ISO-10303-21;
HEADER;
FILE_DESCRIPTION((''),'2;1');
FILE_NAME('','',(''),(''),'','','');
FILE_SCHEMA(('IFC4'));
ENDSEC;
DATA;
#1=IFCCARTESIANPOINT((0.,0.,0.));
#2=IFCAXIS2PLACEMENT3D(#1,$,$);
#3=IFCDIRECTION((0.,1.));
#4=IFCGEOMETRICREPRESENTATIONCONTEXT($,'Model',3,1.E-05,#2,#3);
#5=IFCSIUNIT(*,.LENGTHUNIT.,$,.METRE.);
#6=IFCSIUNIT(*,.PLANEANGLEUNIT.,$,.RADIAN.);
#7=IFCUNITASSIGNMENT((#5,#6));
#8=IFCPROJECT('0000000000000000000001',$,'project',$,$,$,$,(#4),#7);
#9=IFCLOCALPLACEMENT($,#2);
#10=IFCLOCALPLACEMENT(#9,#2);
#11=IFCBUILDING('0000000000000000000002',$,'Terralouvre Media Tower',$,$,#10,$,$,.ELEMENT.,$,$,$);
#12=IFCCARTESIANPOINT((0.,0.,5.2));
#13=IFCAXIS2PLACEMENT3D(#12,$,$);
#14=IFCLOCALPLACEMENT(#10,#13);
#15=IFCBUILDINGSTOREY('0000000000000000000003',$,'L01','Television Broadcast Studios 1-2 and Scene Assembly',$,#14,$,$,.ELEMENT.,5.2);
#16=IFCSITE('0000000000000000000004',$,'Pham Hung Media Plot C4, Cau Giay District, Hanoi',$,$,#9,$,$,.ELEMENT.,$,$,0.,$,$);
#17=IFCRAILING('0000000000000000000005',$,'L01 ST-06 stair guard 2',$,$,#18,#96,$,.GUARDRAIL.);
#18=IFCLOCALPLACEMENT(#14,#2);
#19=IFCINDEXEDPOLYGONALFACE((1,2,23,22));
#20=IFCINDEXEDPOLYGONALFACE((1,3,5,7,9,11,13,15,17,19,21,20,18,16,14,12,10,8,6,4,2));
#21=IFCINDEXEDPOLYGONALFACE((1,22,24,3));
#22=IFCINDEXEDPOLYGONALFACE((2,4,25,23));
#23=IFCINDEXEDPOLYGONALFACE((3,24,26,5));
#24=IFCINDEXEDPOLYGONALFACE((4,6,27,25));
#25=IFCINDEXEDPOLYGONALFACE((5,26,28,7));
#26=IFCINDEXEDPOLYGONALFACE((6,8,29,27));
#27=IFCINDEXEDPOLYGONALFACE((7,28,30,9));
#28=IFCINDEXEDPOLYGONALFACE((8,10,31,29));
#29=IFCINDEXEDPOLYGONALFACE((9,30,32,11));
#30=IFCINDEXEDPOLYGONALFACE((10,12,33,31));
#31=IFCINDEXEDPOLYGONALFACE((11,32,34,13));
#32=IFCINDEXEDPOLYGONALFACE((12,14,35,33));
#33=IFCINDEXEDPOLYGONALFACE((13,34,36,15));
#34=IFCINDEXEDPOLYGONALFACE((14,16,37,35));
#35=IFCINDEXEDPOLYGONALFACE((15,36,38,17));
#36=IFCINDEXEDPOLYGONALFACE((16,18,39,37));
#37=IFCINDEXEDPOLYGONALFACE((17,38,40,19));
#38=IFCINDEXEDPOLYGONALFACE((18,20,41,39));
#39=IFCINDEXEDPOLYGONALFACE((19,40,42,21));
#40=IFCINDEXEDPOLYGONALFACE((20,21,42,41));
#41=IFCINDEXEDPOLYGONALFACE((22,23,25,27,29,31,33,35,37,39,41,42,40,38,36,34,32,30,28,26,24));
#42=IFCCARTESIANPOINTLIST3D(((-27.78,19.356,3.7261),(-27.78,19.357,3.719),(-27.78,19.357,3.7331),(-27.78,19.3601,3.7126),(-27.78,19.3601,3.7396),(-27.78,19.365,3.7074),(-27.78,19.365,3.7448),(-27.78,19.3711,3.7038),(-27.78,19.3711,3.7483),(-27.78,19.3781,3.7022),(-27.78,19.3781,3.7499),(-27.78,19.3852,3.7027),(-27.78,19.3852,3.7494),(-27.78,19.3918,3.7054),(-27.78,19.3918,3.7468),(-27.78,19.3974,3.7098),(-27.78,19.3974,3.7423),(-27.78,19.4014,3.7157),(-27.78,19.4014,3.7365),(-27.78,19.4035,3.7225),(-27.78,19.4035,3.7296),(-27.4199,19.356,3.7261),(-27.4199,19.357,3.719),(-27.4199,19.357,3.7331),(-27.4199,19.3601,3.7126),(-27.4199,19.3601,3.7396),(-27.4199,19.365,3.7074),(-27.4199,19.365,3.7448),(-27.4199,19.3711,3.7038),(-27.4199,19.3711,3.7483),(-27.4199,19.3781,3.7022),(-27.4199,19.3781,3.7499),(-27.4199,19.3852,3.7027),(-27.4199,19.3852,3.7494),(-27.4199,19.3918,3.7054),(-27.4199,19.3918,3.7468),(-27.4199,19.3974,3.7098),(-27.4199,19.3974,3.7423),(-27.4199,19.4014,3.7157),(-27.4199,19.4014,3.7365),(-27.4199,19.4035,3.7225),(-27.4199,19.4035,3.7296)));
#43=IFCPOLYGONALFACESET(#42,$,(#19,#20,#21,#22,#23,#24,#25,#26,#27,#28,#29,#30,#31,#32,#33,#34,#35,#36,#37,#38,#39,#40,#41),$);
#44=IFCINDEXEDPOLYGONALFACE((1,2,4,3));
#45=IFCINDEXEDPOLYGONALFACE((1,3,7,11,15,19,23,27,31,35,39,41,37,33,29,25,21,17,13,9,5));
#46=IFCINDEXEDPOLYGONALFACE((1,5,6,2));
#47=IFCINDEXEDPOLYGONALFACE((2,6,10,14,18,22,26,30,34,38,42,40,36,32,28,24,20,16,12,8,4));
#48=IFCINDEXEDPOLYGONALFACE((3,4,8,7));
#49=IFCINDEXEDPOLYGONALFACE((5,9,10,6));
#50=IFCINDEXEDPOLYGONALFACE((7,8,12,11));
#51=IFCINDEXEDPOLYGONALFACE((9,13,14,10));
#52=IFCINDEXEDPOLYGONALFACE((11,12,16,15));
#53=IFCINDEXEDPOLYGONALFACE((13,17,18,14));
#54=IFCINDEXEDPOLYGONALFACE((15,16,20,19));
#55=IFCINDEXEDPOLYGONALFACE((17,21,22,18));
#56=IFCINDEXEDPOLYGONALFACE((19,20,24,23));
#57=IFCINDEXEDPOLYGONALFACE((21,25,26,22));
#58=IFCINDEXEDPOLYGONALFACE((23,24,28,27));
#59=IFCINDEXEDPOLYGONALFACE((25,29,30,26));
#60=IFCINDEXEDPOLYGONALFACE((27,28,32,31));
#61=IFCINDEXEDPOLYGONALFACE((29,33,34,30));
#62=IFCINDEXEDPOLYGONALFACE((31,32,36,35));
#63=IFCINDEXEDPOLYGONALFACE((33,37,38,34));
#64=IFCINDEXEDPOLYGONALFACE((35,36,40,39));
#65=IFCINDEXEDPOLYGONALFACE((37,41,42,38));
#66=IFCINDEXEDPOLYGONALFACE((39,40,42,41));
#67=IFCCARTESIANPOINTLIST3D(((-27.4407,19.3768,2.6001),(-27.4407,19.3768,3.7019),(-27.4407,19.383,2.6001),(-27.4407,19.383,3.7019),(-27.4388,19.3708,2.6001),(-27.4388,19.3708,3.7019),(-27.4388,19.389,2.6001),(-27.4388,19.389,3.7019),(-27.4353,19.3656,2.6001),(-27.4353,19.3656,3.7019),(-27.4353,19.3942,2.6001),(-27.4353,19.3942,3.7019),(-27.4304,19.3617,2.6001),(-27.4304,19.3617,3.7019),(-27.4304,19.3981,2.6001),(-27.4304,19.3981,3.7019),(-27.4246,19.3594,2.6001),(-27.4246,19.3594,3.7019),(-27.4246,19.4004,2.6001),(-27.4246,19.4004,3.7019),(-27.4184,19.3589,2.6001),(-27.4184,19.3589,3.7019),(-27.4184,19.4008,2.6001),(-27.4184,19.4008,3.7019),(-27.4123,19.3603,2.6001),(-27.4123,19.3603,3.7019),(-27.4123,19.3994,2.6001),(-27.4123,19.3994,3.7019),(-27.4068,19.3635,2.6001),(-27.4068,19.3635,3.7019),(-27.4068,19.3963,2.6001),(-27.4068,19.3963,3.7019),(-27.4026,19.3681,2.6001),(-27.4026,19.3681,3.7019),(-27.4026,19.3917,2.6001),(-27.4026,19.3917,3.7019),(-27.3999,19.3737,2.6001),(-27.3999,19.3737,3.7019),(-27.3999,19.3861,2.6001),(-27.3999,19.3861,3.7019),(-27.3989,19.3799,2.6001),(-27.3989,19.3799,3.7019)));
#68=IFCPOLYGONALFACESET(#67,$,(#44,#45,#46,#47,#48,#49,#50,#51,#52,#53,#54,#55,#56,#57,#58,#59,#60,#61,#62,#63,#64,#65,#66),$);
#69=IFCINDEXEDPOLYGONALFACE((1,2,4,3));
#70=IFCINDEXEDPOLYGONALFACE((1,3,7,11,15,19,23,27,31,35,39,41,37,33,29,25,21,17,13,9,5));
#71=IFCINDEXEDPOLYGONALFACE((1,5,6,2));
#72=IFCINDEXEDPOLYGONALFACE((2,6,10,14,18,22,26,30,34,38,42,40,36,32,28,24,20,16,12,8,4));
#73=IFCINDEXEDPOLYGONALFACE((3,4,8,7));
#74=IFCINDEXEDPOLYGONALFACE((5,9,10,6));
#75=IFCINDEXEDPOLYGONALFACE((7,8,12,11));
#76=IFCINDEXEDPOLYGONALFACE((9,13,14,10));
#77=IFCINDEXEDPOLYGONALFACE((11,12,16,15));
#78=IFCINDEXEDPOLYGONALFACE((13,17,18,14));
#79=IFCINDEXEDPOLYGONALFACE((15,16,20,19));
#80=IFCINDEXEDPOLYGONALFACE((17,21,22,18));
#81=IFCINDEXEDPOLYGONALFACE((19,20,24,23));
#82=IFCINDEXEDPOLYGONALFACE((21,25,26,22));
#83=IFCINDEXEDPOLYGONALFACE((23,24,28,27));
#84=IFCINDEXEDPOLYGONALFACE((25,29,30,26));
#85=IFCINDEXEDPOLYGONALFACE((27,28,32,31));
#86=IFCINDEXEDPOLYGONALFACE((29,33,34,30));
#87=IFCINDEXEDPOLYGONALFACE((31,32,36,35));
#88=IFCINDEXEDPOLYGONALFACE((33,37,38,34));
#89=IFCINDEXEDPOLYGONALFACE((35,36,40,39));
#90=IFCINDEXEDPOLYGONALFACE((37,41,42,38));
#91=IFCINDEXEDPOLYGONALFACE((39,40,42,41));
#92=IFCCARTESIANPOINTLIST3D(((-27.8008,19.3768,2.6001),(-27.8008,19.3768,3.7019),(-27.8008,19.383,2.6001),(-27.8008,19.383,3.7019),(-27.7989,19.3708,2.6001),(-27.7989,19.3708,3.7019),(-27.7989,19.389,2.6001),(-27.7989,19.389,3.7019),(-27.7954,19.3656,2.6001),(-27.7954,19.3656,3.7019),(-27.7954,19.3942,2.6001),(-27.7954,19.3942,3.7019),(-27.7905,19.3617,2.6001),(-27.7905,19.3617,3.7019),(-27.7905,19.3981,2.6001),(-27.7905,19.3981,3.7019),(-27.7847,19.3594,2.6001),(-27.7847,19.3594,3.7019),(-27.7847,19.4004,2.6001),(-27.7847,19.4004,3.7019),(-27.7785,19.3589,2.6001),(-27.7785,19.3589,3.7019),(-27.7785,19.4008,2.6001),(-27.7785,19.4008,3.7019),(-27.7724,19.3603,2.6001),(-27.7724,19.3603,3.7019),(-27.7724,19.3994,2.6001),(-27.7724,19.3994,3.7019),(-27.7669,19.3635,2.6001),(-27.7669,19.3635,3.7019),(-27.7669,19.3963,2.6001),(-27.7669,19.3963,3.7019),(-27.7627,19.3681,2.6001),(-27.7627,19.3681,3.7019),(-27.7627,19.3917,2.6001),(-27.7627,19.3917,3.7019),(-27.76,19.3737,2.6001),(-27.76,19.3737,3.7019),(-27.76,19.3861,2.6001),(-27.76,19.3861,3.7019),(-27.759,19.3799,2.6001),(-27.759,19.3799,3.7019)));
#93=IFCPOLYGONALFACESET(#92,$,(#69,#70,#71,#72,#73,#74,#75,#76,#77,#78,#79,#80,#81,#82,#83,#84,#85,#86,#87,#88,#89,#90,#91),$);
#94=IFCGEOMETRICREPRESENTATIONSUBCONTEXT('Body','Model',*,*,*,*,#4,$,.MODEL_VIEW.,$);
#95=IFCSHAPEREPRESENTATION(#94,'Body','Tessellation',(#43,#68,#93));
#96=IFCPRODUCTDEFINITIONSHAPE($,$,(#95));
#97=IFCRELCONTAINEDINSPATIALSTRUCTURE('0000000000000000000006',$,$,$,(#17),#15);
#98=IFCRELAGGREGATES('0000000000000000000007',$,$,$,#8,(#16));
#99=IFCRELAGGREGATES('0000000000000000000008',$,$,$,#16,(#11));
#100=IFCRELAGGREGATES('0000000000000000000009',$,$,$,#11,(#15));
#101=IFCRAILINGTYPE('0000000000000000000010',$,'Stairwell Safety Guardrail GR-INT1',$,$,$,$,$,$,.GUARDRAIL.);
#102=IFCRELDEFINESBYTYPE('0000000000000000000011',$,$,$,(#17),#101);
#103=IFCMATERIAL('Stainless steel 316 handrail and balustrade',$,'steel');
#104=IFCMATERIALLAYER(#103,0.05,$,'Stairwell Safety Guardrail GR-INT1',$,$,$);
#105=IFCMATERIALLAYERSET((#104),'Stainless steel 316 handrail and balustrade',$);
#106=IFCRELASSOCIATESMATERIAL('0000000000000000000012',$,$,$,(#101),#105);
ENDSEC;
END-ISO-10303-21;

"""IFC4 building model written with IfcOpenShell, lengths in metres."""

from ifc_helpers import new_model, si_unit, direction, frame, origin, origin_2d, place, context, subcontext, project, spatial, circle, extrude, material, layer, layer_set, type_object, element, save


model = new_model("IFC4")

# Units and contexts
model_context = context("Model", 3, precision=1e-05, world=origin(), true_north=direction((0.0, 1.0)))
body_context = subcontext(model_context, "Body", "Model", "MODEL_VIEW")
ifc_project = project(units=[si_unit("LENGTHUNIT", "METRE"), si_unit("PLANEANGLEUNIT", "RADIAN")], contexts=[model_context])

# Site, building, storey
site_placement = place(None, origin())
site = spatial("IfcSite", under=ifc_project, at=site_placement, Name="Pham Hung Media Plot C4, Cau Giay District, Hanoi", CompositionType="ELEMENT", RefElevation=0.0)
building_placement = place(site_placement, origin())
building = spatial("IfcBuilding", under=site, at=building_placement, Name="Terralouvre Media Tower", CompositionType="ELEMENT")
storey_placement = place(building_placement, frame((0.0, 0.0, 5.2)))
storey = spatial("IfcBuildingStorey", under=building, at=storey_placement, Name="L01", Description="Television Broadcast Studios 1-2 and Scene Assembly", CompositionType="ELEMENT", Elevation=5.2)

# Railing
ifc_material_1 = material(Name="Stainless steel 316 handrail and balustrade", Category="steel")
ifc_layer_1 = layer(ifc_material_1, 0.05, Name="Stairwell Safety Guardrail GR-INT1")
ifc_layer_set_1 = layer_set([ifc_layer_1], Name="Stainless steel 316 handrail and balustrade")
railing_type_1 = type_object("IfcRailingType", Name="Stairwell Safety Guardrail GR-INT1", PredefinedType="GUARDRAIL", material=ifc_layer_set_1)
railing_1_placement = place(storey_placement, frame((-27.4199, 19.3799, 2.6001)))
element("IfcRailing", 1, at=railing_1_placement, inside=storey, type_object=railing_type_1, Name="L01 ST-06 stair guard 2", PredefinedType="GUARDRAIL", context=body_context, shape_type="SweptSolid", body=[
    extrude(circle(Radius=0.0239, at=origin_2d()), frame((0.0, 0.0, 1.126), z_axis=(-1.0, 0.0, 0.0), x_axis=(0.0, -1.0, 0.0)), (0.0, 0.0, 1.0), 0.3601),
    extrude(circle(Radius=0.021, at=origin_2d()), origin(), (0.0, 0.0, 1.0), 1.1018),
    extrude(circle(Radius=0.021, at=origin_2d()), frame((-0.3601, 0.0, 0.0)), (0.0, 0.0, 1.0), 1.1018),
])

save(model, "model.ifc")
